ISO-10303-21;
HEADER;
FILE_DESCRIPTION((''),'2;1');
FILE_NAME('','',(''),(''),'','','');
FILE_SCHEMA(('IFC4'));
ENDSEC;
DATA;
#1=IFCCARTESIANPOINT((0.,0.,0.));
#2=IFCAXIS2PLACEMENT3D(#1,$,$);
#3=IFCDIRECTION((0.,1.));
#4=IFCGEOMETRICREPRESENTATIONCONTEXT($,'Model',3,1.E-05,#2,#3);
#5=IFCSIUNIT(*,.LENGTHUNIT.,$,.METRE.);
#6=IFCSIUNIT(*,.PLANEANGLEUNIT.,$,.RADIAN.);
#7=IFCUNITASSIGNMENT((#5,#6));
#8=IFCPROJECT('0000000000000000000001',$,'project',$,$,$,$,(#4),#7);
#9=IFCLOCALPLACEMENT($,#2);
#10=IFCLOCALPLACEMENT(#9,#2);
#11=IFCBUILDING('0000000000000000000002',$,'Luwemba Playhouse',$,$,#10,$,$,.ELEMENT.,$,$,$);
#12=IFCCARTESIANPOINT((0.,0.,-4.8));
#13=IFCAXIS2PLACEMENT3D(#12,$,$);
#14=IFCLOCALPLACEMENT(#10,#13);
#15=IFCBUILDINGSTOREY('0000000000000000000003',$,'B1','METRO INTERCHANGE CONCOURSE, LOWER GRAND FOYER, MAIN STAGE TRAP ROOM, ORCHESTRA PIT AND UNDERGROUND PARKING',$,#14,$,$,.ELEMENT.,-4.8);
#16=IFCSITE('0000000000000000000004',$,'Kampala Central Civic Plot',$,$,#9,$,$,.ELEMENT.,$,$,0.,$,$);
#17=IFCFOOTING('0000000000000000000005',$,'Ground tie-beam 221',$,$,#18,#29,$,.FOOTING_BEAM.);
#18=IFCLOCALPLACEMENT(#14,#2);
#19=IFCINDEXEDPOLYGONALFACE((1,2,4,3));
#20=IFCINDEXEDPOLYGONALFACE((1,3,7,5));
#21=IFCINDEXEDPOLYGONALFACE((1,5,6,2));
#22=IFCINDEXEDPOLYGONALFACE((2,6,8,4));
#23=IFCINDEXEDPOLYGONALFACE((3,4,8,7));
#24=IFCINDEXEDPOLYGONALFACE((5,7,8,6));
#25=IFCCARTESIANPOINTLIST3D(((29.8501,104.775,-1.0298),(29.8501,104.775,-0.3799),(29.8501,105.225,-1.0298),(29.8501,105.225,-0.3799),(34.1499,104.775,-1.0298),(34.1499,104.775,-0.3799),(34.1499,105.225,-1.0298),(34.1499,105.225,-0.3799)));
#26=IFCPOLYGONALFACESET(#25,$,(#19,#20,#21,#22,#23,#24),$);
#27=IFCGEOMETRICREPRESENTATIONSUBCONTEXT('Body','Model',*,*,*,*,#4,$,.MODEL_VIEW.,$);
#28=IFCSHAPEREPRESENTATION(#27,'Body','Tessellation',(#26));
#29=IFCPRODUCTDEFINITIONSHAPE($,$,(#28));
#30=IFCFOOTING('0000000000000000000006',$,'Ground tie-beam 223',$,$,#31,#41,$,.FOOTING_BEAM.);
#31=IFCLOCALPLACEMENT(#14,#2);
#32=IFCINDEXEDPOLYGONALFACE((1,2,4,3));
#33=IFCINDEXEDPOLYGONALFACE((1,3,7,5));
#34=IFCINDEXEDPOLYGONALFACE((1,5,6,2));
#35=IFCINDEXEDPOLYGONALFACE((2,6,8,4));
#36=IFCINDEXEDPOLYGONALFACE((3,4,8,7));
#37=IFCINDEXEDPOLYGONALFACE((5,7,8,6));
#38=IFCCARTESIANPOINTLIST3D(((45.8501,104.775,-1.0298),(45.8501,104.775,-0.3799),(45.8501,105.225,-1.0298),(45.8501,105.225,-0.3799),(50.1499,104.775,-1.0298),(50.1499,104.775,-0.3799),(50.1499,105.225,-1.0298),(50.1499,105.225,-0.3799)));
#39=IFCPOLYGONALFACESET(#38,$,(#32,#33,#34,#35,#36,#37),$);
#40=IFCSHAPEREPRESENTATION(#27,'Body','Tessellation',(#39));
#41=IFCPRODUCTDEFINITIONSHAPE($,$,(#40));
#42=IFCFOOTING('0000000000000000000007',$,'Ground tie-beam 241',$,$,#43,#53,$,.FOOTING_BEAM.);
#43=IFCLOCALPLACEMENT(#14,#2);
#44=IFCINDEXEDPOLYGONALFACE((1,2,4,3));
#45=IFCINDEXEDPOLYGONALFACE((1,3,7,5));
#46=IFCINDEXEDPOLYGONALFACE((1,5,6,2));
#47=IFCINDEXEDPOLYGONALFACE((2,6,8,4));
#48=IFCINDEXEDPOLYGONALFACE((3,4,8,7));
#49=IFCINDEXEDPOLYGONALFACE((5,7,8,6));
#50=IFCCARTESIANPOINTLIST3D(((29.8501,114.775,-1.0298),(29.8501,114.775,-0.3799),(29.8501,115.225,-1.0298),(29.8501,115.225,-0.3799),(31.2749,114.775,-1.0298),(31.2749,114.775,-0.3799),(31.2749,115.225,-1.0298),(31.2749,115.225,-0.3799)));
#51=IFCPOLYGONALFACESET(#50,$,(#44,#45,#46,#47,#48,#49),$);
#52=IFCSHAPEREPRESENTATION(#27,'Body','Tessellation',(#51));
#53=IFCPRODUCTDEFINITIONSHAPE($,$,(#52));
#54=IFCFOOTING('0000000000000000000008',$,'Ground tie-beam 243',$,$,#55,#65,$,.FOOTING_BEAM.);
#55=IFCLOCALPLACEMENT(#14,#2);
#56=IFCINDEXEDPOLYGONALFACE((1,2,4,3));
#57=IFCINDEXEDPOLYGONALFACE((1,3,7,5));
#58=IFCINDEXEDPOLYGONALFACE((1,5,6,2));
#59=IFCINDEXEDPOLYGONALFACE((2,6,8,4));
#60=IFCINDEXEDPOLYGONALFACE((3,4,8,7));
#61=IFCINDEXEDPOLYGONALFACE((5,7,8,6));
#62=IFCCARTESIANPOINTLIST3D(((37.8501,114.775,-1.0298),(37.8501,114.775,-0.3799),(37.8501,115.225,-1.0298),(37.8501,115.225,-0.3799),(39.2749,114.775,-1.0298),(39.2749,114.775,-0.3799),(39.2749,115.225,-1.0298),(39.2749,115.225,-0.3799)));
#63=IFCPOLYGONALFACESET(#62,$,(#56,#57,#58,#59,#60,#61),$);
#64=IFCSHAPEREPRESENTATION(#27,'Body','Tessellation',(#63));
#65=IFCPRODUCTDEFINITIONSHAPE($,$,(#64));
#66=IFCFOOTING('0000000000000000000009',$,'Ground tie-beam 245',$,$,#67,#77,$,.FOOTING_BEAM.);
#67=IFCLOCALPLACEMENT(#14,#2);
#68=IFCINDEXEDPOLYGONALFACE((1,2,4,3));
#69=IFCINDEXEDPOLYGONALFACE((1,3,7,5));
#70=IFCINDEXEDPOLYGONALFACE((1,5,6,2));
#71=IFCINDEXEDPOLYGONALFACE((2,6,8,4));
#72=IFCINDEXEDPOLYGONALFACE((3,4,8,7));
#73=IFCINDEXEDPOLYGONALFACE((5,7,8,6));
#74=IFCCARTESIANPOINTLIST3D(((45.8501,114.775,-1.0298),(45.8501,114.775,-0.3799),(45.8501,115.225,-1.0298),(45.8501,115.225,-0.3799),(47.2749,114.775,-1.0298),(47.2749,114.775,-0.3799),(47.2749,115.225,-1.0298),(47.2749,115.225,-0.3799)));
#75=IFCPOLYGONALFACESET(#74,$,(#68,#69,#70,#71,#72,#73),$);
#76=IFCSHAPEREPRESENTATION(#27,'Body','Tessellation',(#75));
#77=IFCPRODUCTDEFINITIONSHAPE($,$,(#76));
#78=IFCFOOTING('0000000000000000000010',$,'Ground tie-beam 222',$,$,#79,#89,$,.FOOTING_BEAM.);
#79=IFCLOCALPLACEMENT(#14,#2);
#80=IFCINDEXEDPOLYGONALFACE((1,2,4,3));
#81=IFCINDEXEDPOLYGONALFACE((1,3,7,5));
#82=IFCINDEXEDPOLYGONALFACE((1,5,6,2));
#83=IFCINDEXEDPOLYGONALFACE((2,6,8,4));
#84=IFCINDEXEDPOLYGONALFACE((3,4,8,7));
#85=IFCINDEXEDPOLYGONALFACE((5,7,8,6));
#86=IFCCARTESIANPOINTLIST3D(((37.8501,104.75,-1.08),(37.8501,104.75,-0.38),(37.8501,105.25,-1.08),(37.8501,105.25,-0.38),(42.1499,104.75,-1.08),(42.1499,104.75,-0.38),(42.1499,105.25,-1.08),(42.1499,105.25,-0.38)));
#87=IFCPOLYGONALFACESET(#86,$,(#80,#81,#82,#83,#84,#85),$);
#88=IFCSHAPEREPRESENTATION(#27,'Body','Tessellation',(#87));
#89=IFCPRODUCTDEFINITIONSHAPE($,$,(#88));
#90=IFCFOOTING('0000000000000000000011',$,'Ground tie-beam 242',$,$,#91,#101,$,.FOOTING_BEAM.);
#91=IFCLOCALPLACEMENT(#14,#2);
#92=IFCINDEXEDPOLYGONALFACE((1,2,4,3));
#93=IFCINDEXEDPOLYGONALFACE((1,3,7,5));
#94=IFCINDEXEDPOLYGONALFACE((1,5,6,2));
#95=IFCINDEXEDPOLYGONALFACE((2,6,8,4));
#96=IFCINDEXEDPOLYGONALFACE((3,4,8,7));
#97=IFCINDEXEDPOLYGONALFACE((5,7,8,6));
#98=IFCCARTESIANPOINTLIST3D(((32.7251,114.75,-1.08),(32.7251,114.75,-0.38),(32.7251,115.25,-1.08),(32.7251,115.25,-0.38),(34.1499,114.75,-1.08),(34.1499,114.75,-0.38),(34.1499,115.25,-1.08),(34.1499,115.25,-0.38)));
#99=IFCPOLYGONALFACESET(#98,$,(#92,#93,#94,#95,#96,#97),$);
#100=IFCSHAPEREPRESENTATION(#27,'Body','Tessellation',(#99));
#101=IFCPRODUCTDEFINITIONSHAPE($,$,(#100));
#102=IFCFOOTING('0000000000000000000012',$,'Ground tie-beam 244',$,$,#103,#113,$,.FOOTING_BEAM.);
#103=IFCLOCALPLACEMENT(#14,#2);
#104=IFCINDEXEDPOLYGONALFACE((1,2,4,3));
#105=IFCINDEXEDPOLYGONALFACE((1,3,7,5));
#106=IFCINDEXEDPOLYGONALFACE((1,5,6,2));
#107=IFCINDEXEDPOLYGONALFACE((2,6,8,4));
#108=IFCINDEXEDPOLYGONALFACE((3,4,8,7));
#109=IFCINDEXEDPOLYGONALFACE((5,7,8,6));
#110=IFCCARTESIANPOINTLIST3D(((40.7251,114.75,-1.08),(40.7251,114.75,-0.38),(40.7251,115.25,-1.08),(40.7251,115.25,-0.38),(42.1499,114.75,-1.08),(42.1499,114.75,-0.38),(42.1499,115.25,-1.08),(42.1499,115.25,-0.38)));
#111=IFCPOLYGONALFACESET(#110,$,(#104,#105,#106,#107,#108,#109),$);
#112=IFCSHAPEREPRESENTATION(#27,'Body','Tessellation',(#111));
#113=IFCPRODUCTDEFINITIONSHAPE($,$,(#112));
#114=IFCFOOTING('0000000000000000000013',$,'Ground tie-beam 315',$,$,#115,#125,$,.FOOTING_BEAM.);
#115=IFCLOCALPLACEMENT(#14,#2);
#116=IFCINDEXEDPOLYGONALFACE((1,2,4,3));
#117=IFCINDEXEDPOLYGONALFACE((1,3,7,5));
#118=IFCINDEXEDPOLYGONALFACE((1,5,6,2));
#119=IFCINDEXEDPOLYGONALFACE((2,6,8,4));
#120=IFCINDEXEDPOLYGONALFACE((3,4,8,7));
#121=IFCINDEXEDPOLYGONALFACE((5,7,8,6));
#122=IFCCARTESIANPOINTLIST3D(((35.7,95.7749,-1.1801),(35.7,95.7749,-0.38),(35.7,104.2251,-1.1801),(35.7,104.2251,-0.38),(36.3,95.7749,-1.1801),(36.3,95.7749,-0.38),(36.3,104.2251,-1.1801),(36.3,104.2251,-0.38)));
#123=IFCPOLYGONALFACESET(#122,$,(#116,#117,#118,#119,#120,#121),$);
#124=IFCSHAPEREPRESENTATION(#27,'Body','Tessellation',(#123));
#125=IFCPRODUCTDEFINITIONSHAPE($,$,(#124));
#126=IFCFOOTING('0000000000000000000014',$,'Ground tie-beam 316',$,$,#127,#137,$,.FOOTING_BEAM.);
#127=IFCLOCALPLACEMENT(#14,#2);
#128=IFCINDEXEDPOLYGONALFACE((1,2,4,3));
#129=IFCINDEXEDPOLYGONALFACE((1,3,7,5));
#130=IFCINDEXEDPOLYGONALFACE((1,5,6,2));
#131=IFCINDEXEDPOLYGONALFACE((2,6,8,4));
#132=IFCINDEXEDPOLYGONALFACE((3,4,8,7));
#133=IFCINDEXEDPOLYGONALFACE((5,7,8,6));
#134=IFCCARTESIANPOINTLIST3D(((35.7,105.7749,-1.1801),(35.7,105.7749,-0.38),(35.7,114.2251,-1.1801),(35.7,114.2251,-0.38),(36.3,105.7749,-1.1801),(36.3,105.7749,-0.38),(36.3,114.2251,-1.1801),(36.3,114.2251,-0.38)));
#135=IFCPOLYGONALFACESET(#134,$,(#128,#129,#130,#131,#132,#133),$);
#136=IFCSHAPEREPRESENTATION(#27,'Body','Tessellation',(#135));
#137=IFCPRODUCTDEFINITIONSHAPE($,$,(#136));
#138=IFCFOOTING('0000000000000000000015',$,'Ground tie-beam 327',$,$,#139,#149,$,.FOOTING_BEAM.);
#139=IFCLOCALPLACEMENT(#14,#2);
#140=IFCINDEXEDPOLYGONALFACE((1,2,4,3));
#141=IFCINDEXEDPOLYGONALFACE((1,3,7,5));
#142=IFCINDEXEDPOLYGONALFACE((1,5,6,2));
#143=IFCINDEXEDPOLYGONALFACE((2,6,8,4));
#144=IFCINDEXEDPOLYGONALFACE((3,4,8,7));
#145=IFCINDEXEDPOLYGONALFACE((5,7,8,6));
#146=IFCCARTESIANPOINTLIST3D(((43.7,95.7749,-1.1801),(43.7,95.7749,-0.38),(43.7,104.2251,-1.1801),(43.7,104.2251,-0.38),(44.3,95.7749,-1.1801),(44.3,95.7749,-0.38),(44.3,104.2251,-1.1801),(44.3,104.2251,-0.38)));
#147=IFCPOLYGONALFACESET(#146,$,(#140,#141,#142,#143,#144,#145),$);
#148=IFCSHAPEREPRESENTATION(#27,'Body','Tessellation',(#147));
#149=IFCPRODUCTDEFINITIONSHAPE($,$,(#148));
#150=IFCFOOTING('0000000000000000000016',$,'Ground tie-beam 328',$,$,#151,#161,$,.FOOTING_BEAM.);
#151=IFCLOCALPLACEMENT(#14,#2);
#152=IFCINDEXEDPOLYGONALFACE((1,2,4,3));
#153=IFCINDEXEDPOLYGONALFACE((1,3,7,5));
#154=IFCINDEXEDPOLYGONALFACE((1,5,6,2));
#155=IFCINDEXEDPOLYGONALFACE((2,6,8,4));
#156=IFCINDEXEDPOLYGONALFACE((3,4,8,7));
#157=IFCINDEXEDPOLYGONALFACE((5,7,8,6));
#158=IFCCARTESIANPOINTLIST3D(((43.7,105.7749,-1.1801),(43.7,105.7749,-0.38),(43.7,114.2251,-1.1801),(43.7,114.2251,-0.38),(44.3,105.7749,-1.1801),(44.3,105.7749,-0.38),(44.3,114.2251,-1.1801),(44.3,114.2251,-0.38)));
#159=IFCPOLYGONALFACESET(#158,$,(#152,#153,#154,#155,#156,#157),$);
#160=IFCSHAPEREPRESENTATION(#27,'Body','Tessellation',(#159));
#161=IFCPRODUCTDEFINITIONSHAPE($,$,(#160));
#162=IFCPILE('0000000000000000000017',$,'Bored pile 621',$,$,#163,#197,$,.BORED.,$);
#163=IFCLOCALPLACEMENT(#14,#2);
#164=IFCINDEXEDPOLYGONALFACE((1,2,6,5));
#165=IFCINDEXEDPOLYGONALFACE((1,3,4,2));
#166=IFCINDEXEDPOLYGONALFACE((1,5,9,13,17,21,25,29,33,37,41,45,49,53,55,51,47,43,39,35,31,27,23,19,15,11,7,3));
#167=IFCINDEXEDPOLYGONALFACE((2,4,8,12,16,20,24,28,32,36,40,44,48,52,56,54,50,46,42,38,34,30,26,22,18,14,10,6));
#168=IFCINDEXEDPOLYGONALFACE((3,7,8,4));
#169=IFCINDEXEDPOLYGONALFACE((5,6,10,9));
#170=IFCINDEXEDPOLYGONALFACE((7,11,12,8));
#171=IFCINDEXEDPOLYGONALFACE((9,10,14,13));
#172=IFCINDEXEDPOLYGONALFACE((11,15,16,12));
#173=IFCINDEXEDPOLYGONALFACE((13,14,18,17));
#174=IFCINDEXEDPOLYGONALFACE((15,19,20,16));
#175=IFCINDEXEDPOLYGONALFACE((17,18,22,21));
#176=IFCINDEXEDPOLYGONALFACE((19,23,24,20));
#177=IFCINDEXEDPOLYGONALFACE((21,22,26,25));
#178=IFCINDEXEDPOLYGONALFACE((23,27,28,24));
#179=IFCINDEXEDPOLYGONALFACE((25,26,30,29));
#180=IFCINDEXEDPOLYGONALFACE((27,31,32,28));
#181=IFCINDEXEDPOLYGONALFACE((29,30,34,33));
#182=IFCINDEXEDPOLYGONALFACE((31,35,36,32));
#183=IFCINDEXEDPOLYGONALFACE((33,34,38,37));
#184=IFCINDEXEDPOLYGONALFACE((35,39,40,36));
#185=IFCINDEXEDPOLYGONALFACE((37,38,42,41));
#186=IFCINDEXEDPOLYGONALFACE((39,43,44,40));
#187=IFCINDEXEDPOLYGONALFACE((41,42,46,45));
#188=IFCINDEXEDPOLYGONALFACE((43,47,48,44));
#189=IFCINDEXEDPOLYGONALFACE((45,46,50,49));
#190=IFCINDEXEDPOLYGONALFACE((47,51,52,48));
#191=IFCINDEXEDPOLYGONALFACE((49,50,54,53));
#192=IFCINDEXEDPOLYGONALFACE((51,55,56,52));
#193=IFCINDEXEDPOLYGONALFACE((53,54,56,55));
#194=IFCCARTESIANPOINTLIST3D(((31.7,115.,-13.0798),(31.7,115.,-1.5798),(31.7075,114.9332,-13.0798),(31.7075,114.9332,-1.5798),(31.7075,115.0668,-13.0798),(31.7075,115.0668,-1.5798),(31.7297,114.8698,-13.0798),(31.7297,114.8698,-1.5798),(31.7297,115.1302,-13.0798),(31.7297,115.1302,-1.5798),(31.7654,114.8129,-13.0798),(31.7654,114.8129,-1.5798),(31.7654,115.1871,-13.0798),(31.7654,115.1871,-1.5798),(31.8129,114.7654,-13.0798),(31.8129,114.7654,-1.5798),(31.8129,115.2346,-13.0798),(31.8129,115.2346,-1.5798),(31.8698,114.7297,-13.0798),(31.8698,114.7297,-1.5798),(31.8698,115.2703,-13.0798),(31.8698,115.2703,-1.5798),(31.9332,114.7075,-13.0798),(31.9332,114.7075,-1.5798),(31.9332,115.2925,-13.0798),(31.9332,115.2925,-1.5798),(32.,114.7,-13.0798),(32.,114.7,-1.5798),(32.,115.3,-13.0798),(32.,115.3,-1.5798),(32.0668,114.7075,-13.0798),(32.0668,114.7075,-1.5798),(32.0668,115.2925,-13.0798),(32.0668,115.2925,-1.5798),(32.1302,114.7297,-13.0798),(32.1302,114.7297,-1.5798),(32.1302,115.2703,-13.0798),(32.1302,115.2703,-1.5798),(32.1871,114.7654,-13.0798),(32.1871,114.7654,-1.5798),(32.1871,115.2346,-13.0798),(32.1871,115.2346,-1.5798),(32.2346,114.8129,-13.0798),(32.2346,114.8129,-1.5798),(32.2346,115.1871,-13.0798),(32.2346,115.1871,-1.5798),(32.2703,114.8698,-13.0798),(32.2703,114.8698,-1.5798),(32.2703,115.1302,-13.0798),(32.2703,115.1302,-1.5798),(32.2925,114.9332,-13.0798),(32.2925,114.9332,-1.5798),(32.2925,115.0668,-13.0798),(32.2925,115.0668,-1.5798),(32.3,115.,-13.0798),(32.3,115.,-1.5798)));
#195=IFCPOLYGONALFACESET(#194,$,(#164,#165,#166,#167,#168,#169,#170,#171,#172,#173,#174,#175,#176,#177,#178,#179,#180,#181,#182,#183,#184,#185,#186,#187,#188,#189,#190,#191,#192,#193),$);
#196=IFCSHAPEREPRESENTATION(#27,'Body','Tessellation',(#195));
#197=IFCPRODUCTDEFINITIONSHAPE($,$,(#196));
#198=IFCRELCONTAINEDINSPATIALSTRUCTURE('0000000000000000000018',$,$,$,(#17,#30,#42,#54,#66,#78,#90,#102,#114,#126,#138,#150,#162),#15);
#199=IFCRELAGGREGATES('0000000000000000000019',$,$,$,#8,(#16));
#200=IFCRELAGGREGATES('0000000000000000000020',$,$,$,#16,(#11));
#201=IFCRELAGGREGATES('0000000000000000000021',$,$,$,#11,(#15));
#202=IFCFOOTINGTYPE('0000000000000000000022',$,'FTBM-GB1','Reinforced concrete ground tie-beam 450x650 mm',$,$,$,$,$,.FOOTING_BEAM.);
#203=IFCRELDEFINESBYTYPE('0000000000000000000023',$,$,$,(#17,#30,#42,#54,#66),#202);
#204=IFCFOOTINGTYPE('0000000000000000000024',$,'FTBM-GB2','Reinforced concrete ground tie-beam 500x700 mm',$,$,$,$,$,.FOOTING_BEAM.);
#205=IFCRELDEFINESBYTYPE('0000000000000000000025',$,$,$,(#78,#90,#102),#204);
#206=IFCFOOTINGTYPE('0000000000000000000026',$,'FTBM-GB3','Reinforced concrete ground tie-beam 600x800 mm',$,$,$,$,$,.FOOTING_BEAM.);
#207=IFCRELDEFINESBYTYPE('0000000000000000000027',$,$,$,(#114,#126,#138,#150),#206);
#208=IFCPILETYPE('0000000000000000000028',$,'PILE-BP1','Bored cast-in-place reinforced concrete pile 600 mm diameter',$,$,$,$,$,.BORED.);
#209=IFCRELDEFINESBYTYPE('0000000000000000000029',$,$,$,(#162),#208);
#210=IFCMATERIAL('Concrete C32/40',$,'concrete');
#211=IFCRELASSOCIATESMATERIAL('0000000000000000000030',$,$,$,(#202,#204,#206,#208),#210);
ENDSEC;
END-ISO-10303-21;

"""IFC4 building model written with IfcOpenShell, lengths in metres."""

from ifc_helpers import new_model, si_unit, direction, frame, origin, origin_2d, place, context, subcontext, project, spatial, rectangle, circle, extrude, material, material_profile, profile_set, type_object, element, save


model = new_model("IFC4")

# Units and contexts
model_context = context("Model", 3, precision=1e-05, world=origin(), true_north=direction((0.0, 1.0)))
body_context = subcontext(model_context, "Body", "Model", "MODEL_VIEW")
ifc_project = project(units=[si_unit("LENGTHUNIT", "METRE"), si_unit("PLANEANGLEUNIT", "RADIAN")], contexts=[model_context])

# Site, building, storey
site_placement = place(None, origin())
site = spatial("IfcSite", under=ifc_project, at=site_placement, Name="Kampala Central Civic Plot", CompositionType="ELEMENT", RefElevation=0.0)
building_placement = place(site_placement, origin())
building = spatial("IfcBuilding", under=site, at=building_placement, Name="Luwemba Playhouse", CompositionType="ELEMENT")
storey_placement = place(building_placement, frame((0.0, 0.0, -4.8)))
storey = spatial("IfcBuildingStorey", under=building, at=storey_placement, Name="B1", Description="METRO INTERCHANGE CONCOURSE, LOWER GRAND FOYER, MAIN STAGE TRAP ROOM, ORCHESTRA PIT AND UNDERGROUND PARKING", CompositionType="ELEMENT", Elevation=-4.8)

# Footings
ifc_material_1 = material(Name="Concrete C32/40", Category="concrete")
ifc_material_profile_1 = material_profile(ifc_material_1, rectangle(XDim=0.45, YDim=0.6499, at=origin_2d()))
ifc_profile_set_1 = profile_set([ifc_material_profile_1], Name="Concrete C32/40")
footing_type_1 = type_object("IfcFootingType", Name="FTBM-GB1", Description="Reinforced concrete ground tie-beam 450x650 mm", PredefinedType="FOOTING_BEAM", material=ifc_profile_set_1)
for number, where, z_axis, x_axis, name in (
    (1, (29.8501, 105.0, -0.7048), (1.0, 0.0, 0.0), (0.0, 1.0, 0.0), "Ground tie-beam 221"),
    (2, (45.8501, 105.0, -0.7048), (1.0, 0.0, 0.0), (0.0, 1.0, 0.0), "Ground tie-beam 223"),
):
    element("IfcFooting", number, at=place(storey_placement, frame(where, z_axis=z_axis, x_axis=x_axis)), inside=storey, type_object=footing_type_1, Name=name, PredefinedType="FOOTING_BEAM", context=body_context, shape_type="SweptSolid", body=[
        extrude(rectangle(XDim=0.45, YDim=0.6499, at=origin_2d()), origin(), (0.0, 0.0, 1.0), 4.2998),
    ])
for number, where, z_axis, x_axis, name in (
    (3, (29.8501, 115.0, -0.7048), (1.0, 0.0, 0.0), (0.0, 1.0, 0.0), "Ground tie-beam 241"),
    (4, (37.8501, 115.0, -0.7048), (1.0, 0.0, 0.0), (0.0, 1.0, 0.0), "Ground tie-beam 243"),
    (5, (45.8501, 115.0, -0.7048), (1.0, 0.0, 0.0), (0.0, 1.0, 0.0), "Ground tie-beam 245"),
):
    element("IfcFooting", number, at=place(storey_placement, frame(where, z_axis=z_axis, x_axis=x_axis)), inside=storey, type_object=footing_type_1, Name=name, PredefinedType="FOOTING_BEAM", context=body_context, shape_type="SweptSolid", body=[
        extrude(rectangle(XDim=0.45, YDim=0.6499, at=origin_2d()), origin(), (0.0, 0.0, 1.0), 1.4248),
    ])
ifc_material_profile_2 = material_profile(ifc_material_1, rectangle(XDim=0.5, YDim=0.7, at=origin_2d()))
ifc_profile_set_2 = profile_set([ifc_material_profile_2], Name="Concrete C32/40")
footing_type_2 = type_object("IfcFootingType", Name="FTBM-GB2", Description="Reinforced concrete ground tie-beam 500x700 mm", PredefinedType="FOOTING_BEAM", material=ifc_profile_set_2)
footing_placement = place(storey_placement, frame((37.8501, 105.0, -0.73), z_axis=(1.0, 0.0, 0.0), x_axis=(0.0, 1.0, 0.0)))
element("IfcFooting", 6, at=footing_placement, inside=storey, type_object=footing_type_2, Name="Ground tie-beam 222", PredefinedType="FOOTING_BEAM", context=body_context, shape_type="SweptSolid", body=[
    extrude(rectangle(XDim=0.5, YDim=0.7, at=origin_2d()), origin(), (0.0, 0.0, 1.0), 4.2998),
])
for number, where, z_axis, x_axis, name in (
    (7, (32.7251, 115.0, -0.73), (1.0, 0.0, 0.0), (0.0, 1.0, 0.0), "Ground tie-beam 242"),
    (8, (40.7251, 115.0, -0.73), (1.0, 0.0, 0.0), (0.0, 1.0, 0.0), "Ground tie-beam 244"),
):
    element("IfcFooting", number, at=place(storey_placement, frame(where, z_axis=z_axis, x_axis=x_axis)), inside=storey, type_object=footing_type_2, Name=name, PredefinedType="FOOTING_BEAM", context=body_context, shape_type="SweptSolid", body=[
        extrude(rectangle(XDim=0.5, YDim=0.7, at=origin_2d()), origin(), (0.0, 0.0, 1.0), 1.4248),
    ])
ifc_material_profile_3 = material_profile(ifc_material_1, rectangle(XDim=0.6001, YDim=0.8, at=origin_2d()))
ifc_profile_set_3 = profile_set([ifc_material_profile_3], Name="Concrete C32/40")
footing_type_3 = type_object("IfcFootingType", Name="FTBM-GB3", Description="Reinforced concrete ground tie-beam 600x800 mm", PredefinedType="FOOTING_BEAM", material=ifc_profile_set_3)
for number, where, z_axis, x_axis, name in (
    (9, (36.0, 95.7749, -0.78), (0.0, 1.0, 0.0), (-1.0, 0.0, 0.0), "Ground tie-beam 315"),
    (10, (36.0, 105.7749, -0.78), (0.0, 1.0, 0.0), (-1.0, 0.0, 0.0), "Ground tie-beam 316"),
    (11, (44.0, 95.7749, -0.78), (0.0, 1.0, 0.0), (-1.0, 0.0, 0.0), "Ground tie-beam 327"),
    (12, (44.0, 105.7749, -0.78), (0.0, 1.0, 0.0), (-1.0, 0.0, 0.0), "Ground tie-beam 328"),
):
    element("IfcFooting", number, at=place(storey_placement, frame(where, z_axis=z_axis, x_axis=x_axis)), inside=storey, type_object=footing_type_3, Name=name, PredefinedType="FOOTING_BEAM", context=body_context, shape_type="SweptSolid", body=[
        extrude(rectangle(XDim=0.6001, YDim=0.8, at=origin_2d()), origin(), (0.0, 0.0, 1.0), 8.4502),
    ])

# Pile
ifc_material_profile_4 = material_profile(ifc_material_1, circle(Radius=0.3, at=origin_2d()))
ifc_profile_set_4 = profile_set([ifc_material_profile_4], Name="Concrete C32/40")
pile_type_1 = type_object("IfcPileType", Name="PILE-BP1", Description="Bored cast-in-place reinforced concrete pile 600 mm diameter", PredefinedType="BORED", material=ifc_profile_set_4)
for number, where, z_axis, x_axis, name in (
    (13, (32.0, 115.0, -1.5798), (0.0, 0.0, -1.0), (1.0, 0.0, 0.0), "Bored pile 621"),
):
    element("IfcPile", number, at=place(storey_placement, frame(where, z_axis=z_axis, x_axis=x_axis)), inside=storey, type_object=pile_type_1, Name=name, PredefinedType="BORED", context=body_context, shape_type="SweptSolid", body=[
        extrude(circle(Radius=0.3, at=origin_2d()), origin(), (0.0, 0.0, 1.0), 11.5),
    ])

save(model, "model.ifc")
